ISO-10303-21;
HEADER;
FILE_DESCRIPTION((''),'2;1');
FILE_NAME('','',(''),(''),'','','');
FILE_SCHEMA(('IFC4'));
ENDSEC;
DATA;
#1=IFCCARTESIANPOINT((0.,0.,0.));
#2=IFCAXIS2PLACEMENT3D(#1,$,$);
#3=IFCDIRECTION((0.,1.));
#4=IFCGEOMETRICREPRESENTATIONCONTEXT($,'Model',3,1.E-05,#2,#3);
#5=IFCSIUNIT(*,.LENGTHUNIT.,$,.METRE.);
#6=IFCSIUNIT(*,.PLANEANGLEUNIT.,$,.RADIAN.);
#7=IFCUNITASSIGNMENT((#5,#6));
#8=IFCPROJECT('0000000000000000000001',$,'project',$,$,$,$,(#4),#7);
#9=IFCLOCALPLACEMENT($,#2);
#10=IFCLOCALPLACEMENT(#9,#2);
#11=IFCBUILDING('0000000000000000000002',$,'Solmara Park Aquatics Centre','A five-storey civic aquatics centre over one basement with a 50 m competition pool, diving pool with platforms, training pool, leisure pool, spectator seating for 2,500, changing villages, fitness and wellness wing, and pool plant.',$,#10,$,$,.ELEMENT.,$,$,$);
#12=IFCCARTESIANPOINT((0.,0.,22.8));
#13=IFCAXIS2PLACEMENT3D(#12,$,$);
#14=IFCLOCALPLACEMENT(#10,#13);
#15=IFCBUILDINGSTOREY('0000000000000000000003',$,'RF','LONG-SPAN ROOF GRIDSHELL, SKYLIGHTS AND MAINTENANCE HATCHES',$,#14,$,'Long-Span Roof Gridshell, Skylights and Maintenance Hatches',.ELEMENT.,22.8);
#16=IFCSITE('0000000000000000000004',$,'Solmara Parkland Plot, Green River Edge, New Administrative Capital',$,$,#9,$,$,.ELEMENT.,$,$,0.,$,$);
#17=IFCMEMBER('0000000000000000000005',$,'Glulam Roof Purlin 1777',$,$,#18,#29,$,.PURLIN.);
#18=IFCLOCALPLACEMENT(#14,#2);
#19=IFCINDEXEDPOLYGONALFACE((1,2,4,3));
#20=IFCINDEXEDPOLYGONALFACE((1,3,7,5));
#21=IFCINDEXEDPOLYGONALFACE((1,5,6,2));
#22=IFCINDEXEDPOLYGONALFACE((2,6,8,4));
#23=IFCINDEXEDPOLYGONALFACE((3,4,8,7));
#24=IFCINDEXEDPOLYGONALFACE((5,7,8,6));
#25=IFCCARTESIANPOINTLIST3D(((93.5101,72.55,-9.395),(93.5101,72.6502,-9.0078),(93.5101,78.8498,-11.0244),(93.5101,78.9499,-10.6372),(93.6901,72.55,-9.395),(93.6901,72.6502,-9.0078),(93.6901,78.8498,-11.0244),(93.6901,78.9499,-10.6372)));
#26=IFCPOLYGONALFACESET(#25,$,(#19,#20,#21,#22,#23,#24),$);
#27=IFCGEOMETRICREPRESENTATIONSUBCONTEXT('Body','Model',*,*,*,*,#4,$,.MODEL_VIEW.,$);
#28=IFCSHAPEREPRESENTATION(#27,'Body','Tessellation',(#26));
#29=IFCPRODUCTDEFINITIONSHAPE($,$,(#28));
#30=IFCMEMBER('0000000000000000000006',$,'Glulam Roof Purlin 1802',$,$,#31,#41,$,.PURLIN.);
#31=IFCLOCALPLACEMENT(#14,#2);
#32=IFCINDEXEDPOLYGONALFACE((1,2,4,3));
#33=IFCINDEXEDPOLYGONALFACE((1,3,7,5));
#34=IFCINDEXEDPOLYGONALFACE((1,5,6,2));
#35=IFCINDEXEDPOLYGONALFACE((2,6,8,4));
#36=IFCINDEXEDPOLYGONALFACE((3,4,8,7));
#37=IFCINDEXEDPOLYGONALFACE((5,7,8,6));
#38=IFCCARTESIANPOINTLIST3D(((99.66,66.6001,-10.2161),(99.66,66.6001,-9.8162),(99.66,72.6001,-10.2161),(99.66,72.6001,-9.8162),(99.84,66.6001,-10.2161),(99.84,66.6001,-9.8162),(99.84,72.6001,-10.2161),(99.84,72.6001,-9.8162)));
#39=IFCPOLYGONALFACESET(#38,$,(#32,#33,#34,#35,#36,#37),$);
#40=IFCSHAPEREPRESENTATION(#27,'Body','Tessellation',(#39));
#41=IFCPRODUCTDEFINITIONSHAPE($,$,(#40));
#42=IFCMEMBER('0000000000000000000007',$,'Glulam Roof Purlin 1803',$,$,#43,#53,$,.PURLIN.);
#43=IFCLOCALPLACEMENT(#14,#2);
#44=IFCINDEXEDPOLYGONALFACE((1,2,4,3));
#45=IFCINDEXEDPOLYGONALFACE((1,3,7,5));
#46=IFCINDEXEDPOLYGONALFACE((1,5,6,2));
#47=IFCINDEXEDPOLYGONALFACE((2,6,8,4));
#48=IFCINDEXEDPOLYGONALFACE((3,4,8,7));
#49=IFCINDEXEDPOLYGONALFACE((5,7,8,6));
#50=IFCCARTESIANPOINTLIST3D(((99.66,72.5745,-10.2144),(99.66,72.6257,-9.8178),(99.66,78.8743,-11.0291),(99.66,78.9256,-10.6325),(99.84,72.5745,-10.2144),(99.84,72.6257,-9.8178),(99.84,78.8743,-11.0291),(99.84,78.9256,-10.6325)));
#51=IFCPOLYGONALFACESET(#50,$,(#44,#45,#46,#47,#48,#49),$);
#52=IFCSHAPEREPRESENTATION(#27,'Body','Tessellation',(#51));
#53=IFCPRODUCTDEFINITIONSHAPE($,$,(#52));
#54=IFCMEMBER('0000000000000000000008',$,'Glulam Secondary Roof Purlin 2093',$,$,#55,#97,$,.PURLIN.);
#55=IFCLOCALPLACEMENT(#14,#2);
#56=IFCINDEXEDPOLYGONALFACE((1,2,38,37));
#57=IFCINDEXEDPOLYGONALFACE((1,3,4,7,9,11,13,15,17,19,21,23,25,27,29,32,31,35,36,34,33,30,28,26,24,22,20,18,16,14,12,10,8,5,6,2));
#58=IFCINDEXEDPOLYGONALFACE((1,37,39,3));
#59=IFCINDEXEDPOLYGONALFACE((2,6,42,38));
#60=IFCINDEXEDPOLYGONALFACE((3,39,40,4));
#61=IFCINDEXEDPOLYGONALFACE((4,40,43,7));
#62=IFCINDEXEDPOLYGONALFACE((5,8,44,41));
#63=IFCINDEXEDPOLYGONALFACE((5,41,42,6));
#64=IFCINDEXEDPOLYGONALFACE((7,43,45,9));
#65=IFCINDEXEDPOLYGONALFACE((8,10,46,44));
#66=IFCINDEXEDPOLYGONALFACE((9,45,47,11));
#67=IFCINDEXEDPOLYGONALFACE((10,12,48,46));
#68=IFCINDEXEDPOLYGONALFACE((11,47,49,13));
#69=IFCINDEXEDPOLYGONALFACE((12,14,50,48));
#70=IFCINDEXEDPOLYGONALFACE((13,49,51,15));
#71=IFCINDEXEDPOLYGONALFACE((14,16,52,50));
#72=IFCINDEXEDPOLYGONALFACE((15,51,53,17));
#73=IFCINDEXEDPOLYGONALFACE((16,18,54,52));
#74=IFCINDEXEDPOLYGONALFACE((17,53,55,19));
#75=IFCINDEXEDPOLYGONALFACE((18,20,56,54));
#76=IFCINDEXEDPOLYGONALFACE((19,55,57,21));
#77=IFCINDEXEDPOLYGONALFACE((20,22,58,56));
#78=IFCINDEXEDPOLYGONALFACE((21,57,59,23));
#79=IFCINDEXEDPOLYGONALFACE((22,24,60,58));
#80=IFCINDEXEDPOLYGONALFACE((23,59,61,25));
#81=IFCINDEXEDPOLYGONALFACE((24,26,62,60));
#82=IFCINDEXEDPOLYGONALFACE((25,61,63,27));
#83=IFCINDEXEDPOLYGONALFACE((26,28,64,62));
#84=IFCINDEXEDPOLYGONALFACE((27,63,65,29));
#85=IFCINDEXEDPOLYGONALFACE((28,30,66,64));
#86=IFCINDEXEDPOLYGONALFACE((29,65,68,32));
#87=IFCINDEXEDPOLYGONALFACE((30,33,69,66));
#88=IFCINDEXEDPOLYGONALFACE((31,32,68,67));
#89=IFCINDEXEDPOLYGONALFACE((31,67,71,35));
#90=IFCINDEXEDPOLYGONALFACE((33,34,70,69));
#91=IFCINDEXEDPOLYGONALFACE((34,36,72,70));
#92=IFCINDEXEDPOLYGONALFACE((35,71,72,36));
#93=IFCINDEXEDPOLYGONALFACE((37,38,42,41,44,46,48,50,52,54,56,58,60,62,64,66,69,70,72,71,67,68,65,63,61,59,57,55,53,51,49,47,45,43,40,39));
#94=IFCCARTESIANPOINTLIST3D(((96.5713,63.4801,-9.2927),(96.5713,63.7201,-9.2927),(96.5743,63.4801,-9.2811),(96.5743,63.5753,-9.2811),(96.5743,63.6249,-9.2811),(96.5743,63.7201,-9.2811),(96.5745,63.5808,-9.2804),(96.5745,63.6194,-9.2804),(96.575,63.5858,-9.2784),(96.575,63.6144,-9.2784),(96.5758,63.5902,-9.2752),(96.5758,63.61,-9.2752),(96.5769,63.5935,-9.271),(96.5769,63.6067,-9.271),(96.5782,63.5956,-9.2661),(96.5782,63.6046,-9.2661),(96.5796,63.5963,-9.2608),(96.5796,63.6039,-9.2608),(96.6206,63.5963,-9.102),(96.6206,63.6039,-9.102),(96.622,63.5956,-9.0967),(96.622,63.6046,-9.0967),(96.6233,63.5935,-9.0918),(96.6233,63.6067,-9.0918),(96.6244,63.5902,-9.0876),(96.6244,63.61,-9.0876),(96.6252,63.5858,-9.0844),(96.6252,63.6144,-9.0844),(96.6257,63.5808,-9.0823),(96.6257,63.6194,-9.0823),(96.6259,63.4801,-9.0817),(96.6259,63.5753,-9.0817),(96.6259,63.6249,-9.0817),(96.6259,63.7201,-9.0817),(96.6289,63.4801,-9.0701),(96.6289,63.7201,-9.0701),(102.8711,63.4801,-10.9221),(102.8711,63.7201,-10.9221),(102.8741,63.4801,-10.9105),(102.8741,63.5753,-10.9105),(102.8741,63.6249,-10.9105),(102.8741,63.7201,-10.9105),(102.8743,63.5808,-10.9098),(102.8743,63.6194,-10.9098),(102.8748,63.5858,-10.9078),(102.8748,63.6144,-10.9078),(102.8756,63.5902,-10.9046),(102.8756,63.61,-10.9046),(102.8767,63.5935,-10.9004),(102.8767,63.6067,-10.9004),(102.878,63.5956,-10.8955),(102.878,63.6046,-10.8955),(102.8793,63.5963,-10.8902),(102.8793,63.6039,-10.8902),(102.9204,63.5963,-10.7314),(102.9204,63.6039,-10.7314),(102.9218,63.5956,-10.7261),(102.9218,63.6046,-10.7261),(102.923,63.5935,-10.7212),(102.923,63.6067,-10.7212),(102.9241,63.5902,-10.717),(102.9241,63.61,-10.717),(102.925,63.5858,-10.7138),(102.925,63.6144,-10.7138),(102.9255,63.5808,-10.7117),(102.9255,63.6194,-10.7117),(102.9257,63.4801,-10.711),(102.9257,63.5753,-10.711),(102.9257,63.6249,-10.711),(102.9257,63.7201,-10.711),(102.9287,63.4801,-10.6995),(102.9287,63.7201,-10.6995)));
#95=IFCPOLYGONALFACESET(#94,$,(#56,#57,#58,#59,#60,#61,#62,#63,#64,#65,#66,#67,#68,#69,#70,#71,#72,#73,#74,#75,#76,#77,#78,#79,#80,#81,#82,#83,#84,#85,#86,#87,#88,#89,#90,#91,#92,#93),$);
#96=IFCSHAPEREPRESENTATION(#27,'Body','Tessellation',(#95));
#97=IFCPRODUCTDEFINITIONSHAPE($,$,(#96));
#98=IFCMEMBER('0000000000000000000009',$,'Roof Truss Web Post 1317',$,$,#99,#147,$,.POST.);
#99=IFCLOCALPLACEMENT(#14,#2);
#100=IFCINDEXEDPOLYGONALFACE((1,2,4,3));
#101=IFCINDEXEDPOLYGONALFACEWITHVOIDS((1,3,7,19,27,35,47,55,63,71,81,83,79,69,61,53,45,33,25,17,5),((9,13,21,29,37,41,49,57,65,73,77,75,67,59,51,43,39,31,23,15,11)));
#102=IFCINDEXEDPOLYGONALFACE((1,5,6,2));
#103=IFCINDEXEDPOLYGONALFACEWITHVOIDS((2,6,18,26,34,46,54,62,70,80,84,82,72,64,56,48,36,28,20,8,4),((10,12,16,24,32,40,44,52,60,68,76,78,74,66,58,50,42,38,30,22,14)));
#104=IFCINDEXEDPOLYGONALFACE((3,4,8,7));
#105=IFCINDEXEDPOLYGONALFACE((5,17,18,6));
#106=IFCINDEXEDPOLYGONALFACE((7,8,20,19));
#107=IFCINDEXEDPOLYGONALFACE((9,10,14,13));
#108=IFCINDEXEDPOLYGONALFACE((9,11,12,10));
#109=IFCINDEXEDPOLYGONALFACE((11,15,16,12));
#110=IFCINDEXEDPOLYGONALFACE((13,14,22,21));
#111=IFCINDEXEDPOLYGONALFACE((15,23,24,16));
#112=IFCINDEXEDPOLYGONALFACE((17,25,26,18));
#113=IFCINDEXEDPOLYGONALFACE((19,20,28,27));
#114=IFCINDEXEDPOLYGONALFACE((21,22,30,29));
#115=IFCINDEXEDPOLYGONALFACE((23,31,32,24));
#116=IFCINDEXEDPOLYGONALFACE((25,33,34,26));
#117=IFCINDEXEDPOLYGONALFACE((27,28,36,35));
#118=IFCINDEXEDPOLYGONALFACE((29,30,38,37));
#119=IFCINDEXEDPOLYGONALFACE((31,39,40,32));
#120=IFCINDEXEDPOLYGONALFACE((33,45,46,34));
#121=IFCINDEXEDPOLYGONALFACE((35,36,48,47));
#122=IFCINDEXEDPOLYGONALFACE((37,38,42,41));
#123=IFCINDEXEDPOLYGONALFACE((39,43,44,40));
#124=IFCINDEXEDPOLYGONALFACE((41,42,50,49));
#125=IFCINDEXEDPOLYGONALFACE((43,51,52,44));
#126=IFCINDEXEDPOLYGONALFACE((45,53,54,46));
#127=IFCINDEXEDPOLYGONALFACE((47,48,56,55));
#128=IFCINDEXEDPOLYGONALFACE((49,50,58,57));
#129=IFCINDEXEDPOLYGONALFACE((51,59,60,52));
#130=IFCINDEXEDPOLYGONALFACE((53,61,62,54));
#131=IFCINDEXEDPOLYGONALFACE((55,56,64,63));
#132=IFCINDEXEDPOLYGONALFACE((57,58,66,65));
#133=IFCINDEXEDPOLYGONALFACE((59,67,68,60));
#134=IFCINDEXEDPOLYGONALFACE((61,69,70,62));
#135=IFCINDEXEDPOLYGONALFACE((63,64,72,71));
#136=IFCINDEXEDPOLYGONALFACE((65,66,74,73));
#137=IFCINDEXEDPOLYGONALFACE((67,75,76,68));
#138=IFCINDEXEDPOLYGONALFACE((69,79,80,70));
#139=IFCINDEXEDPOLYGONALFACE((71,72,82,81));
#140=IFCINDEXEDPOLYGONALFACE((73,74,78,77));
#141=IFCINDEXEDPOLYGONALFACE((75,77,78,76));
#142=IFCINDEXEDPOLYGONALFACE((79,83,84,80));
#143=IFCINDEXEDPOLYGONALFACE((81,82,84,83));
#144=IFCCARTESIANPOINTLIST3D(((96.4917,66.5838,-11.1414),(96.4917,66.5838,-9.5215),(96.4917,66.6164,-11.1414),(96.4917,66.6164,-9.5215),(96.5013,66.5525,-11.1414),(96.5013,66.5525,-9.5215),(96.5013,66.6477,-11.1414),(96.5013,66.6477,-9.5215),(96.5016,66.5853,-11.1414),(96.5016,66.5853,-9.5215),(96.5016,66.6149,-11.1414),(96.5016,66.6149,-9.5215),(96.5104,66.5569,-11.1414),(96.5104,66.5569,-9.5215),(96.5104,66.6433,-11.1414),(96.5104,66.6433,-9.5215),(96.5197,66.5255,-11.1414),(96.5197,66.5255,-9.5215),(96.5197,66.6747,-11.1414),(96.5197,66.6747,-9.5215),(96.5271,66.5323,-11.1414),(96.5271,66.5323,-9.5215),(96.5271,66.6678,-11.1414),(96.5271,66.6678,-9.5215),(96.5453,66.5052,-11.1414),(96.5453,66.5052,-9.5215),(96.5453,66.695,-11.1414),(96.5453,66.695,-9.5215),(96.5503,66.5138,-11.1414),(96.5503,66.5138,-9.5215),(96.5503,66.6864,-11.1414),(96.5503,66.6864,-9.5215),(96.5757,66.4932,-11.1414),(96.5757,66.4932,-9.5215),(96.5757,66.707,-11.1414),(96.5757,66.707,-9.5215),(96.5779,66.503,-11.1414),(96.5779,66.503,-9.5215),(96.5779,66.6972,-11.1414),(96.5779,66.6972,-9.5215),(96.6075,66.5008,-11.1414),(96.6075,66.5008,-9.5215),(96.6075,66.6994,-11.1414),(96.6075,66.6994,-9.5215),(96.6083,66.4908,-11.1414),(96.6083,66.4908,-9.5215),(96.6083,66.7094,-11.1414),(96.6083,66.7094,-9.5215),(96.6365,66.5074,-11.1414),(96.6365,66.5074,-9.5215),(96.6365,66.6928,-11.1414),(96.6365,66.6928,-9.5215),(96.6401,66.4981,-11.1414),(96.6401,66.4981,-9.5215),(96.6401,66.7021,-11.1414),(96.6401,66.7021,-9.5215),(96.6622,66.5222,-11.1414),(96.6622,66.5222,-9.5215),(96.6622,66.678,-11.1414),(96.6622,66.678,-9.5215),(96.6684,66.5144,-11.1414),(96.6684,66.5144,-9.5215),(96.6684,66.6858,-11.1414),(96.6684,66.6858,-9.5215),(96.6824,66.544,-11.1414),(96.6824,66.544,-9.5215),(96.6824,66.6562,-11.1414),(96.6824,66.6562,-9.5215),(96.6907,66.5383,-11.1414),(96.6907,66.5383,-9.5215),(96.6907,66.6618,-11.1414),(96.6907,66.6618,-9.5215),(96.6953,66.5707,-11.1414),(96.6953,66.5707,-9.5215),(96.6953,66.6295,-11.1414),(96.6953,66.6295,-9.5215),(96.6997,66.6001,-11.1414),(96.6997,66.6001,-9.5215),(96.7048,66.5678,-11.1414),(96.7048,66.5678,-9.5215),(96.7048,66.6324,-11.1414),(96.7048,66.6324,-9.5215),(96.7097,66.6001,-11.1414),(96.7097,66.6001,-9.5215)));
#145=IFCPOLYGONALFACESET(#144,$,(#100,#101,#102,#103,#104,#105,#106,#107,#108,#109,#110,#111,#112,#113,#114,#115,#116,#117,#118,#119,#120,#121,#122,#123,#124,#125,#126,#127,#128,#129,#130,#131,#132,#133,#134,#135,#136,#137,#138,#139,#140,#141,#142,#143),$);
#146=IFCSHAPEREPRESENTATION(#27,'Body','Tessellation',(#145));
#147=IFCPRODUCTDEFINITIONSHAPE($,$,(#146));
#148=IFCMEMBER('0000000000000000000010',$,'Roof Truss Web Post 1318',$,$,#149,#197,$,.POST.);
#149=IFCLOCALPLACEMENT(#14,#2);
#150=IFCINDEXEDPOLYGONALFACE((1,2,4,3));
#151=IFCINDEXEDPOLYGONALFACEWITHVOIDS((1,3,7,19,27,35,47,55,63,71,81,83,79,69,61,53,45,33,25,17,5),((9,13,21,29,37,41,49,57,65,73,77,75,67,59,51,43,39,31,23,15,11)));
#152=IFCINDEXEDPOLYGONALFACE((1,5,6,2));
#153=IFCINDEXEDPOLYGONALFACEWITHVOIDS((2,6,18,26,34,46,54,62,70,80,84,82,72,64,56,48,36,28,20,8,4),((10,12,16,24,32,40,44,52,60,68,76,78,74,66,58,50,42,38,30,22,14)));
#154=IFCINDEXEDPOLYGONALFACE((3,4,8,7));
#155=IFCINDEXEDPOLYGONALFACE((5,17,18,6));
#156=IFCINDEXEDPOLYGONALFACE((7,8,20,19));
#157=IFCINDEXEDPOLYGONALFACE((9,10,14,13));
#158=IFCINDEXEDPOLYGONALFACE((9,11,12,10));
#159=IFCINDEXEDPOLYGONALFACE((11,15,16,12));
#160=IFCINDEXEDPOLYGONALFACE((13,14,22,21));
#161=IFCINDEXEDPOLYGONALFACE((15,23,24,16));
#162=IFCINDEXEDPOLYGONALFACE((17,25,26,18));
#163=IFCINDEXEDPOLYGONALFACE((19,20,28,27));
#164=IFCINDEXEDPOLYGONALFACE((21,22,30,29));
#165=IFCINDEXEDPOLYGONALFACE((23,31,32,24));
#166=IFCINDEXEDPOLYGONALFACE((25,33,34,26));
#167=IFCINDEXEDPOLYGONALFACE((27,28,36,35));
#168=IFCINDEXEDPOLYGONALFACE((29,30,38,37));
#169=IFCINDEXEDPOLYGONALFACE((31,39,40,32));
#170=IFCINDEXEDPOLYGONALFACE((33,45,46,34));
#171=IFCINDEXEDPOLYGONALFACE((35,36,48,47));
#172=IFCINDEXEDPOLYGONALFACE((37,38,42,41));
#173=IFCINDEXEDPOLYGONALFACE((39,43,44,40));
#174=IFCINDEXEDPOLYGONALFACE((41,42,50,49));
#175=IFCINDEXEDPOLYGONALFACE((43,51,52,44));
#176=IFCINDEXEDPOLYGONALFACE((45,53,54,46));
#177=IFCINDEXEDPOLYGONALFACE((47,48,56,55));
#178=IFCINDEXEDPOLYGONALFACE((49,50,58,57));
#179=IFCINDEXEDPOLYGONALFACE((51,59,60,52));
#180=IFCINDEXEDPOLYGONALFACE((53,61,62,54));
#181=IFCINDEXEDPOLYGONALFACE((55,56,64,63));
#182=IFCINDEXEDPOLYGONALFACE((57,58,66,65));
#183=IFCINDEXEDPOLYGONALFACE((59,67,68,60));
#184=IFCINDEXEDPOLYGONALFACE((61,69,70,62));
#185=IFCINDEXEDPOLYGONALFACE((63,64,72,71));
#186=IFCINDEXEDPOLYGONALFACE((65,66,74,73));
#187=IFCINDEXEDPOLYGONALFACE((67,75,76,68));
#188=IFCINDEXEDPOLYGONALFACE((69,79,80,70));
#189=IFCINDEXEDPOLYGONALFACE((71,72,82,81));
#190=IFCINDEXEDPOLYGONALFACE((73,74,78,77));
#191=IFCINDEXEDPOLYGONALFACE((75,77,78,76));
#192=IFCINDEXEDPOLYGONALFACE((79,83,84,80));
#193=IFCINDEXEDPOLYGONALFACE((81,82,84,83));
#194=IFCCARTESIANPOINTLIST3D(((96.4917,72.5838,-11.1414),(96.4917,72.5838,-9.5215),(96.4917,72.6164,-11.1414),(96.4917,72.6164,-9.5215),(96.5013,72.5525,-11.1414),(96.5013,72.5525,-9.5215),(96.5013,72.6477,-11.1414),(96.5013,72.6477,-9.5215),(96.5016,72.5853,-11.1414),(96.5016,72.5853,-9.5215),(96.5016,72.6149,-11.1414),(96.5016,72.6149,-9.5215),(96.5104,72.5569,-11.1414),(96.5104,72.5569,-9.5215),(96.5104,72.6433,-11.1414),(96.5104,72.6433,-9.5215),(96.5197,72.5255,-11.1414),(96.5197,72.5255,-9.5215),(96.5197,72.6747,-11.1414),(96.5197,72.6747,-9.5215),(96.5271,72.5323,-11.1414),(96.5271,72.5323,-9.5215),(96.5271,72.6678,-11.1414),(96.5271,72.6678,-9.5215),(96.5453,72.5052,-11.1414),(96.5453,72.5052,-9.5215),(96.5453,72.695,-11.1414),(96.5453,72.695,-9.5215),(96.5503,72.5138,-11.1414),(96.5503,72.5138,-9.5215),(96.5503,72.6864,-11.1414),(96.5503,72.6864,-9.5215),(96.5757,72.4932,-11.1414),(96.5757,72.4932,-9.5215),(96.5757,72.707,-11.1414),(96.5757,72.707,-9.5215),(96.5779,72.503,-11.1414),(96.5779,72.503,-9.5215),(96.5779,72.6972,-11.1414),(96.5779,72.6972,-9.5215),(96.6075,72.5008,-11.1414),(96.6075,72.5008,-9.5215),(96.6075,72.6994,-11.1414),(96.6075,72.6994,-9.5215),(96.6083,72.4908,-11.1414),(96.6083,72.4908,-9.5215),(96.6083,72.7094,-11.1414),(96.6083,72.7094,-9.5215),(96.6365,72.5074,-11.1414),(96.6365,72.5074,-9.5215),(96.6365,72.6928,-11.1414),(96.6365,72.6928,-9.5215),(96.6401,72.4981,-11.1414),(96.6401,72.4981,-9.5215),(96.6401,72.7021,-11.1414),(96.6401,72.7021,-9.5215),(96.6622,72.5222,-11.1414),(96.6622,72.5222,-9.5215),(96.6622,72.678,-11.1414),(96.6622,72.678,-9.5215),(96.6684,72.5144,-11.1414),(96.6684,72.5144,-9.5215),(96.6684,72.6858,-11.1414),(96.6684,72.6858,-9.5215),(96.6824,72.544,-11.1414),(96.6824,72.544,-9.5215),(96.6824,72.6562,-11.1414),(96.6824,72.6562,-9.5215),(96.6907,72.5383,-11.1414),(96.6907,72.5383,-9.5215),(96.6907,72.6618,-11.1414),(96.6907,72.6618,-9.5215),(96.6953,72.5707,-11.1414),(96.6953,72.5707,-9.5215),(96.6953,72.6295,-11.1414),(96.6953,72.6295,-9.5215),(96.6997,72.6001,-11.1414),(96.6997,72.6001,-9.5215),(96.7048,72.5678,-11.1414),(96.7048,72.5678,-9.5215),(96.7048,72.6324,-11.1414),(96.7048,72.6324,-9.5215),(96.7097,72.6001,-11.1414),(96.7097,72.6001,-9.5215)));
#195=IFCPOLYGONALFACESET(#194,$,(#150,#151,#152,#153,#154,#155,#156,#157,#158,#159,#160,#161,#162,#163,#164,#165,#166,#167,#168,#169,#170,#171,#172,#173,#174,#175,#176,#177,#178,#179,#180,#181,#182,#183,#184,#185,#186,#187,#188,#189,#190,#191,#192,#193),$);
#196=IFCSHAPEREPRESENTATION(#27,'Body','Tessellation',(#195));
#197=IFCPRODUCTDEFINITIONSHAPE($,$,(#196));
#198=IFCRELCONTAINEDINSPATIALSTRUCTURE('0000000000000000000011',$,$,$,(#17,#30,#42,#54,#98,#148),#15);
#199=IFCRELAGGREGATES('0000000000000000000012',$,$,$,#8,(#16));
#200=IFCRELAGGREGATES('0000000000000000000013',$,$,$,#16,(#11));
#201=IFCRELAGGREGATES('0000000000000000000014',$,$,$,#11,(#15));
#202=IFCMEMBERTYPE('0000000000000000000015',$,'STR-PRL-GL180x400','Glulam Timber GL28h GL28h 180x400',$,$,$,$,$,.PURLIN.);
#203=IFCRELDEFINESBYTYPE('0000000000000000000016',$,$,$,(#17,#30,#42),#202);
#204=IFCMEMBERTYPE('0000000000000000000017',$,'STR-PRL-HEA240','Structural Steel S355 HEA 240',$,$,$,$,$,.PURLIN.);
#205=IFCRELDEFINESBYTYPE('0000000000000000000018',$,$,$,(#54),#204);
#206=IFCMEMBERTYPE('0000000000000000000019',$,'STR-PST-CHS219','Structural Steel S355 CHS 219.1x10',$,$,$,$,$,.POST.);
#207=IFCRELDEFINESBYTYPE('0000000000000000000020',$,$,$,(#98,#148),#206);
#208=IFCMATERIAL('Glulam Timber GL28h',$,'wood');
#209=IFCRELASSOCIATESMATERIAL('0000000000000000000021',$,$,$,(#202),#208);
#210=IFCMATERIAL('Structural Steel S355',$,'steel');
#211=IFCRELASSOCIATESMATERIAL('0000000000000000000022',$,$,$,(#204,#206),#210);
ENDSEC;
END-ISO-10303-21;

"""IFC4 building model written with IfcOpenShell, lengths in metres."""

from ifc_helpers import new_model, si_unit, direction, frame, origin, origin_2d, place, context, subcontext, project, spatial, rectangle, hollow_circle, i_section, extrude, material, material_profile, profile_set, type_object, element, save


model = new_model("IFC4")

# Units and contexts
model_context = context("Model", 3, precision=1e-05, world=origin(), true_north=direction((0.0, 1.0)))
body_context = subcontext(model_context, "Body", "Model", "MODEL_VIEW")
ifc_project = project(units=[si_unit("LENGTHUNIT", "METRE"), si_unit("PLANEANGLEUNIT", "RADIAN")], contexts=[model_context])

# Site, building, storey
site_placement = place(None, origin())
site = spatial("IfcSite", under=ifc_project, at=site_placement, Name="Solmara Parkland Plot, Green River Edge, New Administrative Capital", CompositionType="ELEMENT", RefElevation=0.0)
building_placement = place(site_placement, origin())
building = spatial("IfcBuilding", under=site, at=building_placement, Name="Solmara Park Aquatics Centre", Description="A five-storey civic aquatics centre over one basement with a 50 m competition pool, diving pool with platforms, training pool, leisure pool, spectator seating for 2,500, changing villages, fitness and wellness wing, and pool plant.", CompositionType="ELEMENT")
storey_placement = place(building_placement, frame((0.0, 0.0, 22.8)))
storey = spatial("IfcBuildingStorey", under=building, at=storey_placement, Name="RF", Description="LONG-SPAN ROOF GRIDSHELL, SKYLIGHTS AND MAINTENANCE HATCHES", LongName="Long-Span Roof Gridshell, Skylights and Maintenance Hatches", CompositionType="ELEMENT", Elevation=22.8)

# Members
ifc_material_1 = material(Name="Structural Steel S355", Category="steel")
ifc_material_2 = material(Name="Glulam Timber GL28h", Category="wood")
ifc_material_profile_1 = material_profile(ifc_material_2, rectangle(XDim=0.1799, YDim=0.3999, at=origin_2d()), Name="GL28h 180x400")
ifc_profile_set_1 = profile_set([ifc_material_profile_1], Name="Glulam Timber GL28h")
member_type_1 = type_object("IfcMemberType", Name="STR-PRL-GL180x400", Description="Glulam Timber GL28h GL28h 180x400", PredefinedType="PURLIN", material=ifc_profile_set_1)
member_1_placement = place(storey_placement, frame((93.6001, 72.6001, -9.2014), z_axis=(0.0, 0.968142, -0.250402), x_axis=(-1.0, 0.0, 0.0)))
element("IfcMember", 1, at=member_1_placement, inside=storey, type_object=member_type_1, Name="Glulam Roof Purlin 1777", PredefinedType="PURLIN", context=body_context, shape_type="SweptSolid", body=[
    extrude(rectangle(XDim=0.1799, YDim=0.3999, at=origin_2d()), origin(), (0.0, 0.0, 1.0), 6.5071),
])
member_2_placement = place(storey_placement, frame((99.75, 66.6001, -10.0161), z_axis=(0.0, 1.0, 0.0), x_axis=(-1.0, 0.0, 0.0)))
element("IfcMember", 2, at=member_2_placement, inside=storey, type_object=member_type_1, Name="Glulam Roof Purlin 1802", PredefinedType="PURLIN", context=body_context, shape_type="SweptSolid", body=[
    extrude(rectangle(XDim=0.1799, YDim=0.3999, at=origin_2d()), origin(), (0.0, 0.0, 1.0), 6.0),
])
member_3_placement = place(storey_placement, frame((99.75, 72.6001, -10.0161), z_axis=(0.0, 0.991741, -0.128253), x_axis=(-1.0, 0.0, 0.0)))
element("IfcMember", 3, at=member_3_placement, inside=storey, type_object=member_type_1, Name="Glulam Roof Purlin 1803", PredefinedType="PURLIN", context=body_context, shape_type="SweptSolid", body=[
    extrude(rectangle(XDim=0.1799, YDim=0.3999, at=origin_2d()), origin(), (0.0, 0.0, 1.0), 6.3523),
])
ifc_material_profile_2 = material_profile(ifc_material_1, i_section(OverallWidth=0.24, OverallDepth=0.23, WebThickness=0.0076, FlangeThickness=0.012, FilletRadius=0.021, at=origin_2d()), Name="HEA 240")
ifc_profile_set_2 = profile_set([ifc_material_profile_2], Name="Structural Steel S355")
member_type_2 = type_object("IfcMemberType", Name="STR-PRL-HEA240", Description="Structural Steel S355 HEA 240", PredefinedType="PURLIN", material=ifc_profile_set_2)
member_4_placement = place(storey_placement, frame((96.6001, 63.6001, -9.1814), z_axis=(0.968142, 0.0, -0.250402), x_axis=(0.0, 1.0, 0.0)))
element("IfcMember", 4, at=member_4_placement, inside=storey, type_object=member_type_2, Name="Glulam Secondary Roof Purlin 2093", PredefinedType="PURLIN", context=body_context, shape_type="SweptSolid", body=[
    extrude(i_section(OverallWidth=0.24, OverallDepth=0.23, WebThickness=0.0076, FlangeThickness=0.012, FilletRadius=0.021, at=origin_2d()), origin(), (0.0, 0.0, 1.0), 6.5071),
])
ifc_material_profile_3 = material_profile(ifc_material_1, hollow_circle(Radius=0.1096, WallThickness=0.01, at=origin_2d()), Name="CHS 219.1x10")
ifc_profile_set_3 = profile_set([ifc_material_profile_3], Name="Structural Steel S355")
member_type_3 = type_object("IfcMemberType", Name="STR-PST-CHS219", Description="Structural Steel S355 CHS 219.1x10", PredefinedType="POST", material=ifc_profile_set_3)
for number, where, z_axis, x_axis, name in (
    (5, (96.6001, 66.6001, -11.1414), (0.0, 0.0, 1.0), (1.0, 0.0, 0.0), "Roof Truss Web Post 1317"),
    (6, (96.6001, 72.6001, -11.1414), (0.0, 0.0, 1.0), (1.0, 0.0, 0.0), "Roof Truss Web Post 1318"),
):
    element("IfcMember", number, at=place(storey_placement, frame(where, z_axis=z_axis, x_axis=x_axis)), inside=storey, type_object=member_type_3, Name=name, PredefinedType="POST", context=body_context, shape_type="SweptSolid", body=[
        extrude(hollow_circle(Radius=0.1096, WallThickness=0.01, at=origin_2d()), origin(), (0.0, 0.0, 1.0), 1.6199),
    ])

save(model, "model.ifc")
